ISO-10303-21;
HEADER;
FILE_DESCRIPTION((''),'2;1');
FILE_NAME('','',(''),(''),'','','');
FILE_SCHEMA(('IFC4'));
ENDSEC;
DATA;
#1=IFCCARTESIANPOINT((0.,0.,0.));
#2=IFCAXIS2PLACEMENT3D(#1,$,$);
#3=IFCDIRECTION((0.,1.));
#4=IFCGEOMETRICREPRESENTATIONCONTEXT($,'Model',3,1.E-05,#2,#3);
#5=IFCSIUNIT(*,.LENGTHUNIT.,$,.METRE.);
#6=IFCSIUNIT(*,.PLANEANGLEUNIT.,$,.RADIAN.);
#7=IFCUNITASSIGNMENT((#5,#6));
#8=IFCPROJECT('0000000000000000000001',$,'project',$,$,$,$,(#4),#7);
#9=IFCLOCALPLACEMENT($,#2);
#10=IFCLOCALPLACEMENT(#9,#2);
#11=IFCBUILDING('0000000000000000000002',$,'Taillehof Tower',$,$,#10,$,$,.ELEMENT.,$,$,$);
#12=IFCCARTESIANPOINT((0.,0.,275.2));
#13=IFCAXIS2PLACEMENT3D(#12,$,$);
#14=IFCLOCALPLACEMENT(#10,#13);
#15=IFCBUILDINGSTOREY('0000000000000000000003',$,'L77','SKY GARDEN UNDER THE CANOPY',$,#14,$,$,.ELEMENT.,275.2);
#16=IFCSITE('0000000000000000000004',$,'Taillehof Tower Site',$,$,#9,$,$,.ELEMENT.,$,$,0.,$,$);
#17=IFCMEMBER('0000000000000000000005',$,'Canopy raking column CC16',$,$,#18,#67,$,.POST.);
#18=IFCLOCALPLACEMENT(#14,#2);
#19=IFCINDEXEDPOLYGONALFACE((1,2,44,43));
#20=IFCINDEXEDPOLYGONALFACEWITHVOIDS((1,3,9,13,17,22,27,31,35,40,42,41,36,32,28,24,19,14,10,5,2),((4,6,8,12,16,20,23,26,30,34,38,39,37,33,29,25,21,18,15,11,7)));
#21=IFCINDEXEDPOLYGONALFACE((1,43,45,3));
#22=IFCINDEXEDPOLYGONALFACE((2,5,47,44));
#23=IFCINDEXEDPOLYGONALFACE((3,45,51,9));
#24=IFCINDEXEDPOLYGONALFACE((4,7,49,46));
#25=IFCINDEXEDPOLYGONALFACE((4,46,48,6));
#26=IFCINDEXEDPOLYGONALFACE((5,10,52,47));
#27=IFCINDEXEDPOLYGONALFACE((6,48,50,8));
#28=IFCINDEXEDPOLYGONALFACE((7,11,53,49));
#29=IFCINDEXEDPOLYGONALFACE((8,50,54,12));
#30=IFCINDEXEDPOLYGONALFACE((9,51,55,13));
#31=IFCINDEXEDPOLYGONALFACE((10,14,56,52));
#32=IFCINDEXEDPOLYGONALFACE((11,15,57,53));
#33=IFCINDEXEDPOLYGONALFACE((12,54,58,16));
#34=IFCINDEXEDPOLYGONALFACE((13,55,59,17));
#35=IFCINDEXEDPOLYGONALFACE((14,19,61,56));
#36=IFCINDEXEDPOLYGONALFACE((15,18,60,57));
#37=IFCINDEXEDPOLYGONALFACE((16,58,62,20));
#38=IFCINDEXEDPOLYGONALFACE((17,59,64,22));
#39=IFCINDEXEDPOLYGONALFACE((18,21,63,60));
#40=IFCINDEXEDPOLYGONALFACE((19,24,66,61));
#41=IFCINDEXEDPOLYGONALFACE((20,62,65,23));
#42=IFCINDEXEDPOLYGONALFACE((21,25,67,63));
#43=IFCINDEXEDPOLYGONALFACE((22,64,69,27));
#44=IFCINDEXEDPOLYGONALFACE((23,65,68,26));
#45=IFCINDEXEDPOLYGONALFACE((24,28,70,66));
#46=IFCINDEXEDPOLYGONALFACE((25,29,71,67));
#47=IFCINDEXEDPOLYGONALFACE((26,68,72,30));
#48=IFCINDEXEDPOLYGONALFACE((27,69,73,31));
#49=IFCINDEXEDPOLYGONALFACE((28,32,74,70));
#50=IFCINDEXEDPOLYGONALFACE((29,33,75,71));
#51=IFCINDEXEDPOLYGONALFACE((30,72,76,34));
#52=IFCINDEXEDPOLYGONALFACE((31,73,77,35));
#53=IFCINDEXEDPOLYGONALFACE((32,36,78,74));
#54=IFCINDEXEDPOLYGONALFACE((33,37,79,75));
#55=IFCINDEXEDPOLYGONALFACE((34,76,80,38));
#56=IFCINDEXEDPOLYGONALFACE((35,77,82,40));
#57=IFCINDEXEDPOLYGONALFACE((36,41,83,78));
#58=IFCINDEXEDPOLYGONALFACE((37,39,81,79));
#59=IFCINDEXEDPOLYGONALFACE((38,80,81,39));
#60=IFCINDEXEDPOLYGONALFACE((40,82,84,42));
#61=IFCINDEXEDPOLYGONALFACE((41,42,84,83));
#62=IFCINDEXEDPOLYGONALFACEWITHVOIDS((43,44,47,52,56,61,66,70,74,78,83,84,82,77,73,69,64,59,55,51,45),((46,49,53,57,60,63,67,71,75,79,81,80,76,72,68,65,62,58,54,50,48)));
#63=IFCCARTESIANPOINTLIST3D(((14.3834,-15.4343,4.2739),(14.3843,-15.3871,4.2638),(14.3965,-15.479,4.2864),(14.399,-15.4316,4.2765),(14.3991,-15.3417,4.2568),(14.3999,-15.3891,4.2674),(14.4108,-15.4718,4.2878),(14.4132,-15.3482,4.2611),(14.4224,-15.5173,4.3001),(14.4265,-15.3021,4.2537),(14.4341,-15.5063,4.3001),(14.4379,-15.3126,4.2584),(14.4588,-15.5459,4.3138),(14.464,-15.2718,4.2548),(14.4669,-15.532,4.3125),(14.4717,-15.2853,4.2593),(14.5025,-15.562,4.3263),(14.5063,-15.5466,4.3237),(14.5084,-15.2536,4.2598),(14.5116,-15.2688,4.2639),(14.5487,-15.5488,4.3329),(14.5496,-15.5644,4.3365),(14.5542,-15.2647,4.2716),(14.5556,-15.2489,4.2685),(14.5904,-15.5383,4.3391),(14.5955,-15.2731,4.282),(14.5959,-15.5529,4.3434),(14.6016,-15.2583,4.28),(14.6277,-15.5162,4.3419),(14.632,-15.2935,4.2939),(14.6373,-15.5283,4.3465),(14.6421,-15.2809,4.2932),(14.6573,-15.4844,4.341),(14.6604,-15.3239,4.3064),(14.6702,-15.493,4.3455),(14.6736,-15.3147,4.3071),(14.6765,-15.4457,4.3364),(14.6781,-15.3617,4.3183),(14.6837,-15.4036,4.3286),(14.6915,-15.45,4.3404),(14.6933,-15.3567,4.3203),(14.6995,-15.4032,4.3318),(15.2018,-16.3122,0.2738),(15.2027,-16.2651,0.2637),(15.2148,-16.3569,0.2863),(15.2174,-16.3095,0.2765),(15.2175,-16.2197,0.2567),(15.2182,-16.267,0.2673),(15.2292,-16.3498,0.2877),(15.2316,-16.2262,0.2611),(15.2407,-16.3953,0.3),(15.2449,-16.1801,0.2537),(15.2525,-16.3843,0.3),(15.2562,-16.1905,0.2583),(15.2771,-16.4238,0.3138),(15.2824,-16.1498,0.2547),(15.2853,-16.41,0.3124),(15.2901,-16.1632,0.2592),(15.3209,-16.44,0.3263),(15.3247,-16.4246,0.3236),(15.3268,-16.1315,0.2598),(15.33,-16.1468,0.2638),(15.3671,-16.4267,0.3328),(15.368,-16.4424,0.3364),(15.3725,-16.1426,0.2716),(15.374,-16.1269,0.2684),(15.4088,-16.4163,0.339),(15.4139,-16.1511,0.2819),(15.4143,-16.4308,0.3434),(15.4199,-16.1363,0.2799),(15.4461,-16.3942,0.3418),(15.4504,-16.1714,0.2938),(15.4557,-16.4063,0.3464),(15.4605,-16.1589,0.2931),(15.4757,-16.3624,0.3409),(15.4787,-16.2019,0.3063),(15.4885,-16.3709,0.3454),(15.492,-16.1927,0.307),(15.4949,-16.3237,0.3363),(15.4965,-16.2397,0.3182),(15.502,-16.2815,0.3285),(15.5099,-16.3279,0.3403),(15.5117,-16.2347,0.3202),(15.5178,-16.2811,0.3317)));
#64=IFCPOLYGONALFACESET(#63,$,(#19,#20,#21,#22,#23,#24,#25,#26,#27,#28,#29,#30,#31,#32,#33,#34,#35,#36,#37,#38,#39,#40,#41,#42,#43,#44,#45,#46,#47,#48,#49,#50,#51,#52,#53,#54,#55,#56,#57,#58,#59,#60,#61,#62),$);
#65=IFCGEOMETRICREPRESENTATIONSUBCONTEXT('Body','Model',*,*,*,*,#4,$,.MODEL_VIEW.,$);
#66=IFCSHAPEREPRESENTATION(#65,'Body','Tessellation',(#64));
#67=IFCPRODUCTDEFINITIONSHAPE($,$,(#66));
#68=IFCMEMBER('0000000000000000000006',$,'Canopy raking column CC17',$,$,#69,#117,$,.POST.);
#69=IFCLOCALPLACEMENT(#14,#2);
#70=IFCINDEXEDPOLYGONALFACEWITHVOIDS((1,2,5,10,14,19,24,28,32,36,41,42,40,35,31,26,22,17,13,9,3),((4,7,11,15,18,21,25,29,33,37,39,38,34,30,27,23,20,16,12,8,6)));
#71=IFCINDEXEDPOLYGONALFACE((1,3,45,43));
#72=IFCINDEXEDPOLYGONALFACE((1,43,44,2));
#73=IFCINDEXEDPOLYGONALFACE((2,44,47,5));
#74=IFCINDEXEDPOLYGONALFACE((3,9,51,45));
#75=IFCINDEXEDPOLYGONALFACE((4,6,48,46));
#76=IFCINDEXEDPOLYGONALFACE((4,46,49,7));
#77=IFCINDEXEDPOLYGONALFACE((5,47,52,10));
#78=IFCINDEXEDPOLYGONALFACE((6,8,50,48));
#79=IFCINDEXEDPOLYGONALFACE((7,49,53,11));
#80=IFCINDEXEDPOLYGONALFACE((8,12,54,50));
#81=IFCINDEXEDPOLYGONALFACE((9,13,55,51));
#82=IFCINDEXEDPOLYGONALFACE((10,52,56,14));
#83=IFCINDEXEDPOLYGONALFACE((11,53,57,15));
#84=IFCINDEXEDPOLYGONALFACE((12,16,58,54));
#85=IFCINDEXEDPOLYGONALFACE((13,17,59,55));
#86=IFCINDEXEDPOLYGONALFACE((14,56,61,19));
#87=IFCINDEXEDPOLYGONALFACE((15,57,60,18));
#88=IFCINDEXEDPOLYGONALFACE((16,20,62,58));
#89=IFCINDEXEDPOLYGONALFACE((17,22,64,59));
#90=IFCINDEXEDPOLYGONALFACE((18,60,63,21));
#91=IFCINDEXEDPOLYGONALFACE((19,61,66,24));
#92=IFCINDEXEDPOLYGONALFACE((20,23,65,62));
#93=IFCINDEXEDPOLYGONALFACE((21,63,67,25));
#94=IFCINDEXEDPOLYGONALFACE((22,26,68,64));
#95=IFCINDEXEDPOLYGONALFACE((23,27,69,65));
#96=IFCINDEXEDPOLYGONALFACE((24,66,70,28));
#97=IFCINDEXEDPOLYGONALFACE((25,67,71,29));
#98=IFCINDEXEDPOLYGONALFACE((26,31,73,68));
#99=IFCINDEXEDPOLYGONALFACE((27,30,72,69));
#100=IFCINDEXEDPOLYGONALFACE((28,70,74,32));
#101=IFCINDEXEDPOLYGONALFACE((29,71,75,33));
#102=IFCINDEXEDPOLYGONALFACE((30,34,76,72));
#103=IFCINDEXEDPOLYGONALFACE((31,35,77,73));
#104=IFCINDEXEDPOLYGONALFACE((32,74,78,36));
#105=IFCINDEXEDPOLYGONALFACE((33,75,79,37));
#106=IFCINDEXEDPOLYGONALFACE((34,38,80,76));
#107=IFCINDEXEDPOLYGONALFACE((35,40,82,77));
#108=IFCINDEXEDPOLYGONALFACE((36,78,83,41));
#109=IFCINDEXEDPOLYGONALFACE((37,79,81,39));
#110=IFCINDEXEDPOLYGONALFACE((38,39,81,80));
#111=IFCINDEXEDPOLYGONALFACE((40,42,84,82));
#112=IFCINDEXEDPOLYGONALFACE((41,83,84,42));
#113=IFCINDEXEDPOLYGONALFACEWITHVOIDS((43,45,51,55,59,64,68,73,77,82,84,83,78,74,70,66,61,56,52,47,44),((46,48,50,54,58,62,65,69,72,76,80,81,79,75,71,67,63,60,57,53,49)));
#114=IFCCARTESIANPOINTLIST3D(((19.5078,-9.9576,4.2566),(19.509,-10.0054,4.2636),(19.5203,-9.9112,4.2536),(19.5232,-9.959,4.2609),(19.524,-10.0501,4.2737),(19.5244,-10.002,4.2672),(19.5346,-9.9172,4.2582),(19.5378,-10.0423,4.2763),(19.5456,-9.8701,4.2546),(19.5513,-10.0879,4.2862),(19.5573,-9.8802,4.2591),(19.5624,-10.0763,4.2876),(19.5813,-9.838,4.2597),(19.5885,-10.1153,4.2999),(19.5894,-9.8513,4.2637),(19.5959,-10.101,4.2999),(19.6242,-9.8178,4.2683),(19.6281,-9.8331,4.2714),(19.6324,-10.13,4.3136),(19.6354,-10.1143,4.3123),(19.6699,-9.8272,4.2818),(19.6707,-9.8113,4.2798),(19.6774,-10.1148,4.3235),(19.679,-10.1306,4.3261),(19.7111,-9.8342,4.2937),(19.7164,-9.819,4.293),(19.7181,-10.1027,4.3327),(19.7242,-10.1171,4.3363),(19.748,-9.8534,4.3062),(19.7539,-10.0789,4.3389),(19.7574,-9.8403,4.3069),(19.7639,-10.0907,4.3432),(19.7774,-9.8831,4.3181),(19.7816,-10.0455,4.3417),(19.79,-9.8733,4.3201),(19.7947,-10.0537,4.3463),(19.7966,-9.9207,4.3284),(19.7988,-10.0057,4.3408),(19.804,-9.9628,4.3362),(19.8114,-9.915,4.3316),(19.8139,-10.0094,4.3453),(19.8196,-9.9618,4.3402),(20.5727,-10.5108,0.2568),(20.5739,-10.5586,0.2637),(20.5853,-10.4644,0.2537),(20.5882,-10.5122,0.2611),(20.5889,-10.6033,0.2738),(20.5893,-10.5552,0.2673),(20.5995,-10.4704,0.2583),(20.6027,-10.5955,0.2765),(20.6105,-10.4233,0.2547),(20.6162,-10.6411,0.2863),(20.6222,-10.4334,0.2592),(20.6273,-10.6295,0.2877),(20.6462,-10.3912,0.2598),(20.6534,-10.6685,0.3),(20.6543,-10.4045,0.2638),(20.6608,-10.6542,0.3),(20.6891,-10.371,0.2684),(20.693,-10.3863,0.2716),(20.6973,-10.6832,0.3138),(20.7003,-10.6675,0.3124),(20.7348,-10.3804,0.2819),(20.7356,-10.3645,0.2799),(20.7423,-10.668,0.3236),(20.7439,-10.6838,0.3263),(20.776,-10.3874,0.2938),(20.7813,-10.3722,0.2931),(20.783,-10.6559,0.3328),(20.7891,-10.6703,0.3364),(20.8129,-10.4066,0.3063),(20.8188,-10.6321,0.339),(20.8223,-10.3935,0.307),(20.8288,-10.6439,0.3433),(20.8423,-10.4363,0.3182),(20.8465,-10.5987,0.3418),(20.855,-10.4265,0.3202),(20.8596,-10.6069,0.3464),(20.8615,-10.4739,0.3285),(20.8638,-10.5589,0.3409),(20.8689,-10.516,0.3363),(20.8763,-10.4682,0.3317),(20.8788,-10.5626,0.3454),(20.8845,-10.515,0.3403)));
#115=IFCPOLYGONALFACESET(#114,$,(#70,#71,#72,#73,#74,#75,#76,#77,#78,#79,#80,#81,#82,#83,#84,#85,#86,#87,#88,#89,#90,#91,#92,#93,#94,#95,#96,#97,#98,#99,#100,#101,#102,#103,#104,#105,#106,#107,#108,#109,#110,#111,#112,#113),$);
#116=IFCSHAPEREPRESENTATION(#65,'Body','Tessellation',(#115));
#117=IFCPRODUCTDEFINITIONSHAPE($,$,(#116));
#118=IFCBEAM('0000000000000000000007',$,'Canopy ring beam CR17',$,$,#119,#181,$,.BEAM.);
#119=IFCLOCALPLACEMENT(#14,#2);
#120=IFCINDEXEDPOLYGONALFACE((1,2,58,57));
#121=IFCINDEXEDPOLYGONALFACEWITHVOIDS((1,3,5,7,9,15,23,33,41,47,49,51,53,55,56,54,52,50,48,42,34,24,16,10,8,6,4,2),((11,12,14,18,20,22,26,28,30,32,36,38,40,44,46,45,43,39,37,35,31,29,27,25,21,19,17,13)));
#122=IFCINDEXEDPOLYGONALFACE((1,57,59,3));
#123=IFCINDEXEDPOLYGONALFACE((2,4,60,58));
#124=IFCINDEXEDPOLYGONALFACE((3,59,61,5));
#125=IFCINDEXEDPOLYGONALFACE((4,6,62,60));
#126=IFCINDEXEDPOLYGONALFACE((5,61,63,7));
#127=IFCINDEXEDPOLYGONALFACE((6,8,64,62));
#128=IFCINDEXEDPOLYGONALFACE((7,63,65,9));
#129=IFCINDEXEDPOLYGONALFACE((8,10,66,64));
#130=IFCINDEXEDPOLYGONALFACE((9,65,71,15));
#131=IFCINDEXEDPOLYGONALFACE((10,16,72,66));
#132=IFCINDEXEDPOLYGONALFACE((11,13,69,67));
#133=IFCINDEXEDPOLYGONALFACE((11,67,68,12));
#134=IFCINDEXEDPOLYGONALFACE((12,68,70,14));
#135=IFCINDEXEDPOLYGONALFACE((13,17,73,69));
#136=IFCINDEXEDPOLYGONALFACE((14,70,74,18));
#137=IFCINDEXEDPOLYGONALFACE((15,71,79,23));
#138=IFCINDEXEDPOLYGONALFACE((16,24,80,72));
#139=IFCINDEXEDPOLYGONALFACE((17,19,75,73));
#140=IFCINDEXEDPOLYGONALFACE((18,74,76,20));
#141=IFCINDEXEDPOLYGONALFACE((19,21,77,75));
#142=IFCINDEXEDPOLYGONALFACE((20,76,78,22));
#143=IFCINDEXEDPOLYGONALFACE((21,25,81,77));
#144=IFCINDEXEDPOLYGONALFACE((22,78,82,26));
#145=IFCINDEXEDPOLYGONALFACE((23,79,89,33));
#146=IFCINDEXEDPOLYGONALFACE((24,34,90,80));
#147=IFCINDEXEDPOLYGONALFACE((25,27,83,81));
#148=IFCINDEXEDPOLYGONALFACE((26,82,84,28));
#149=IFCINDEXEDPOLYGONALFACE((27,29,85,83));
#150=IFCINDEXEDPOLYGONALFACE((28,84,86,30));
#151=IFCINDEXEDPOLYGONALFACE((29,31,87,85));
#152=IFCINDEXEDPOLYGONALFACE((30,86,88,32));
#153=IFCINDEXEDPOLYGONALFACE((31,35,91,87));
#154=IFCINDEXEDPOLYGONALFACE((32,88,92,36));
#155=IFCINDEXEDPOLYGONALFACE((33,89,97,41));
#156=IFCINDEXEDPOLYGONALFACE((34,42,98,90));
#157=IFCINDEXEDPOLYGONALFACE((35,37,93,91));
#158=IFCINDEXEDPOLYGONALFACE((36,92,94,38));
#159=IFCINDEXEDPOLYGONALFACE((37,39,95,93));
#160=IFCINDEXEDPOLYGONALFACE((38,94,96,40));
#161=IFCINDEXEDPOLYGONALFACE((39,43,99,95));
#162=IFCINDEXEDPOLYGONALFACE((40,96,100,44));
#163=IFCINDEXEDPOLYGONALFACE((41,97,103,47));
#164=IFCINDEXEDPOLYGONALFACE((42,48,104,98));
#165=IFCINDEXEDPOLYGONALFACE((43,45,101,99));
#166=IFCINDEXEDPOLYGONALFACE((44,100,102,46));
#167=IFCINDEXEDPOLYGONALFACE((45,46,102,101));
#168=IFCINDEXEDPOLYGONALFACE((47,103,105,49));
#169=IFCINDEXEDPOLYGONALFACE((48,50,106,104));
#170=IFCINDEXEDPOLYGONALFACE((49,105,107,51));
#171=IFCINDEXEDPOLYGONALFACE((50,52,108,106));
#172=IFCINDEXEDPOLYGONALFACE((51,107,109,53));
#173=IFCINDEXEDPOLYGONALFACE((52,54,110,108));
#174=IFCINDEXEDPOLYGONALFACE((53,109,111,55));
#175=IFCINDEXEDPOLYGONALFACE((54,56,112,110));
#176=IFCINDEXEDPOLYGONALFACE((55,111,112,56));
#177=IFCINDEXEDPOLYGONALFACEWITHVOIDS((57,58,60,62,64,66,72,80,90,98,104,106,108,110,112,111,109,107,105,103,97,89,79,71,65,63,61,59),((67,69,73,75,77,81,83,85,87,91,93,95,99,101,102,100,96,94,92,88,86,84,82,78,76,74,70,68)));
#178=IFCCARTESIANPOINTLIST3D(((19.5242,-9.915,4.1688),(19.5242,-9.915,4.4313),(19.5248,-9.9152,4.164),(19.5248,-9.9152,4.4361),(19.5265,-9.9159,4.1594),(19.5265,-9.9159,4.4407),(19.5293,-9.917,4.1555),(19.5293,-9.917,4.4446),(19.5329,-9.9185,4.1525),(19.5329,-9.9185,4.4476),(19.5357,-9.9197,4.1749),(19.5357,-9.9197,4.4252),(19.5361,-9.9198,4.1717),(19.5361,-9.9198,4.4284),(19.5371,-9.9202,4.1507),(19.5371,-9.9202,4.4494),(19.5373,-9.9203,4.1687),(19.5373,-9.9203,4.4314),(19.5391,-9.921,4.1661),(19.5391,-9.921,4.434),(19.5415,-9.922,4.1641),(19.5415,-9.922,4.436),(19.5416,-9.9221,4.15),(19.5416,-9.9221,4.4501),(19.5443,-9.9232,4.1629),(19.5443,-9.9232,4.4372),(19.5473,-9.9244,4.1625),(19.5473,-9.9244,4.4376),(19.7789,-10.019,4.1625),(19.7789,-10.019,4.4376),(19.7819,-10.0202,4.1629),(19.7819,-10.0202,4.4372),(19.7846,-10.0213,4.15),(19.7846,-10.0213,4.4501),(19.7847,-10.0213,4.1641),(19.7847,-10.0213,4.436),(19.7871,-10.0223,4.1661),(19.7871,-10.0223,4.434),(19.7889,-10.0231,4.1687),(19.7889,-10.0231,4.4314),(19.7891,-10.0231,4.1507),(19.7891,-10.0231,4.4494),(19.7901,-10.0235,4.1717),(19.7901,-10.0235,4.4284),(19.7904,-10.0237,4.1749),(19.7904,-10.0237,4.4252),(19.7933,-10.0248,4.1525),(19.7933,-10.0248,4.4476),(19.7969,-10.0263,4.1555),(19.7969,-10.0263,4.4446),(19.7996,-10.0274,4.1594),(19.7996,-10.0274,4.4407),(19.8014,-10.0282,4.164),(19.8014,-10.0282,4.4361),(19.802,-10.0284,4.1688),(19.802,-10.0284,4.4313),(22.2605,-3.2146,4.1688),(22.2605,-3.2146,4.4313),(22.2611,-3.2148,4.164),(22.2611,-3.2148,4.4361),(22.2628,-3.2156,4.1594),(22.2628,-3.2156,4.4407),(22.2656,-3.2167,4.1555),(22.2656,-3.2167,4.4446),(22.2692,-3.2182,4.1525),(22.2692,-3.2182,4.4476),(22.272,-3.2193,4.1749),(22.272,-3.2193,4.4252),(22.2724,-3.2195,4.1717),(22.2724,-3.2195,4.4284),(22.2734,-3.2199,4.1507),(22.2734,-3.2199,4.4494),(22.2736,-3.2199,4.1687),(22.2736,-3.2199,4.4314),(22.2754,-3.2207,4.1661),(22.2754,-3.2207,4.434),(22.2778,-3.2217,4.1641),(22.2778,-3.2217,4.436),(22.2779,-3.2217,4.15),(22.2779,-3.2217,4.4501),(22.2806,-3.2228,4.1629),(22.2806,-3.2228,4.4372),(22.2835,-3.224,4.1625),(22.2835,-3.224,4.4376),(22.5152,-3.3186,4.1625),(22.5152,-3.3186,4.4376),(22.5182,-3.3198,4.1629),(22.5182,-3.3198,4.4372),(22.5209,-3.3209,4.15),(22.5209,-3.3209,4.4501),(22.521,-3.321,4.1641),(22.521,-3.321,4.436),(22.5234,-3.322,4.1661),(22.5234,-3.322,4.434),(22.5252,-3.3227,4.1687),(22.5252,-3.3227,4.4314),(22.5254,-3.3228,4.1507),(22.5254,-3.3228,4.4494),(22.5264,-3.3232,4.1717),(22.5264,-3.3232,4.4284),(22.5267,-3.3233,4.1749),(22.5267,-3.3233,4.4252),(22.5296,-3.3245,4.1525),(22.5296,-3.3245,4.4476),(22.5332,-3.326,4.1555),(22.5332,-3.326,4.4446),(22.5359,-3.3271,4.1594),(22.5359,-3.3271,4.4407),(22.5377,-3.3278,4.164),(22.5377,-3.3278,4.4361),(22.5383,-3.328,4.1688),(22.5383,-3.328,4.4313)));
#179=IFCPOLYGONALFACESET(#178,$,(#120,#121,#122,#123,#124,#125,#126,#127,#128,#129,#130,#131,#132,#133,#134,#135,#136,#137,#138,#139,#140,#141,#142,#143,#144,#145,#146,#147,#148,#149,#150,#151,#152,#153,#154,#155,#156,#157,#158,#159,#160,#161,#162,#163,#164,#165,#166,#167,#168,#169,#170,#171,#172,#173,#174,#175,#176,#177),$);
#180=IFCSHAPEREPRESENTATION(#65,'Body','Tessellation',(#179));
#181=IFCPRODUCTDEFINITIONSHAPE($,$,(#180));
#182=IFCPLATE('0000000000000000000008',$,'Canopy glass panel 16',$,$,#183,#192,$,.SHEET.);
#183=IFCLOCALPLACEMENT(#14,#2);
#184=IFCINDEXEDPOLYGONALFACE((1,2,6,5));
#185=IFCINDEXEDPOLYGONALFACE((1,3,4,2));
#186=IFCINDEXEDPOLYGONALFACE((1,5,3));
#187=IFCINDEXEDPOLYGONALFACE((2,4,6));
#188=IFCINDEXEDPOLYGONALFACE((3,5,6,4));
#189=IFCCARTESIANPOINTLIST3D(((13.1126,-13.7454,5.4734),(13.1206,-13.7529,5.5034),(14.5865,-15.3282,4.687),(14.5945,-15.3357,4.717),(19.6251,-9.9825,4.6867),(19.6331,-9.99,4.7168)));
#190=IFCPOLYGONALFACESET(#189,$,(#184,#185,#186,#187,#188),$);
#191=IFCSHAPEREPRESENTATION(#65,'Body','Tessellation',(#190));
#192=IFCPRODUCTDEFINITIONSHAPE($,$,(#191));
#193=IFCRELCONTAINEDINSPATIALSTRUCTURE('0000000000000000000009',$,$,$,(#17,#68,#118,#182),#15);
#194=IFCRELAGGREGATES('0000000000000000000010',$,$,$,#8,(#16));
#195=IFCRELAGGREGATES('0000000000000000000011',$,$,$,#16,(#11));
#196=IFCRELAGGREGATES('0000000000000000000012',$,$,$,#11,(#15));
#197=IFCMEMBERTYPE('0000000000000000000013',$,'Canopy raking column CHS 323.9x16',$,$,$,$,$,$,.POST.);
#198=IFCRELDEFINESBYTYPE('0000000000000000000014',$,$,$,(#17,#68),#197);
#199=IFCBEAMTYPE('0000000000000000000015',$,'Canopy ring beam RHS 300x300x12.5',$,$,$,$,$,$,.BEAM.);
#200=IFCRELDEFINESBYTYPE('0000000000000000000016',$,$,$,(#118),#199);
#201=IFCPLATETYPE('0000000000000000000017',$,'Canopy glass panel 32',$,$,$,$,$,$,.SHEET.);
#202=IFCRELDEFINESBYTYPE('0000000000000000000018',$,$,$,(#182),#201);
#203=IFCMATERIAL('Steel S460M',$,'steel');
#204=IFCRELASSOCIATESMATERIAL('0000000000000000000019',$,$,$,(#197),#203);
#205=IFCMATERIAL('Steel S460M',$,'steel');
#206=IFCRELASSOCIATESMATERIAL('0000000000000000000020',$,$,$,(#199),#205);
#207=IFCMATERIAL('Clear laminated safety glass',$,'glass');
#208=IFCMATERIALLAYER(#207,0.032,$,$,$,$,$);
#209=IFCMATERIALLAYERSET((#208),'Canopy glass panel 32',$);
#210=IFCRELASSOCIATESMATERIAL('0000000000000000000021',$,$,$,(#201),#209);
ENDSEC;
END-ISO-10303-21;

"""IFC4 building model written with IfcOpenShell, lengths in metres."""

from ifc_helpers import new_model, si_unit, direction, frame, origin, origin_2d, place, context, subcontext, project, spatial, polyline, hollow_rectangle, hollow_circle, outline, extrude, material, layer, layer_set, material_profile, profile_set, type_object, element, save


model = new_model("IFC4")

# Units and contexts
model_context = context("Model", 3, precision=1e-05, world=origin(), true_north=direction((0.0, 1.0)))
body_context = subcontext(model_context, "Body", "Model", "MODEL_VIEW")
ifc_project = project(units=[si_unit("LENGTHUNIT", "METRE"), si_unit("PLANEANGLEUNIT", "RADIAN")], contexts=[model_context])

# Site, building, storey
site_placement = place(None, origin())
site = spatial("IfcSite", under=ifc_project, at=site_placement, Name="Taillehof Tower Site", CompositionType="ELEMENT", RefElevation=0.0)
building_placement = place(site_placement, origin())
building = spatial("IfcBuilding", under=site, at=building_placement, Name="Taillehof Tower", CompositionType="ELEMENT")
storey_placement = place(building_placement, frame((0.0, 0.0, 275.2)))
storey = spatial("IfcBuildingStorey", under=building, at=storey_placement, Name="L77", Description="SKY GARDEN UNDER THE CANOPY", CompositionType="ELEMENT", Elevation=275.2)

# Members
ifc_material_1 = material(Name="Steel S460M", Category="steel")
ifc_material_profile_1 = material_profile(ifc_material_1, hollow_circle(Radius=0.1619, WallThickness=0.0161, at=origin_2d()), Name="CHS 323.9x16")
ifc_profile_set_1 = profile_set([ifc_material_profile_1], Name="Steel S460M")
member_type_1 = type_object("IfcMemberType", Name="Canopy raking column CHS 323.9x16", PredefinedType="POST", material=ifc_profile_set_1)
member_1_placement = place(storey_placement, frame((15.3591, -16.2849, 0.3), z_axis=(-0.195959, 0.210223, 0.957813), x_axis=(-0.731488, -0.681854, 0.0)))
element("IfcMember", 1, at=member_1_placement, inside=storey, type_object=member_type_1, Name="Canopy raking column CC16", PredefinedType="POST", context=body_context, shape_type="SweptSolid", body=[
    extrude(hollow_circle(Radius=0.1619, WallThickness=0.0161, at=origin_2d()), origin(), (0.0, 0.0, 1.0), 4.1763),
])
member_2_placement = place(storey_placement, frame((20.728, -10.5249, 0.3), z_axis=(-0.255006, 0.132472, 0.957822), x_axis=(-0.460994, -0.887403, 0.0)))
element("IfcMember", 2, at=member_2_placement, inside=storey, type_object=member_type_1, Name="Canopy raking column CC17", PredefinedType="POST", context=body_context, shape_type="SweptSolid", body=[
    extrude(hollow_circle(Radius=0.1619, WallThickness=0.0161, at=origin_2d()), origin(), (0.0, 0.0, 1.0), 4.176),
])

# Beam
ifc_material_2 = material(Name="Steel S460M", Category="steel")
ifc_material_profile_2 = material_profile(ifc_material_2, hollow_rectangle(XDim=0.3, YDim=0.3, WallThickness=0.0125, InnerFilletRadius=0.0125, OuterFilletRadius=0.0188, at=origin_2d()), Name="RHS 300x300x12.5")
ifc_profile_set_2 = profile_set([ifc_material_profile_2], Name="Steel S460M")
beam_type_1 = type_object("IfcBeamType", Name="Canopy ring beam RHS 300x300x12.5", PredefinedType="BEAM", material=ifc_profile_set_2)
beam_1_placement = place(storey_placement, frame((19.6631, -9.9717, 4.3), z_axis=(0.378069, 0.925777, 0.0), x_axis=(-0.925777, 0.378069, 0.0)))
element("IfcBeam", 3, at=beam_1_placement, inside=storey, type_object=beam_type_1, Name="Canopy ring beam CR17", PredefinedType="BEAM", context=body_context, shape_type="SweptSolid", body=[
    extrude(hollow_rectangle(XDim=0.3, YDim=0.3, WallThickness=0.0125, InnerFilletRadius=0.0125, OuterFilletRadius=0.0188, at=origin_2d()), origin(), (0.0, 0.0, 1.0), 7.2375),
])

# Plate
ifc_material_3 = material(Name="Clear laminated safety glass", Category="glass")
ifc_layer_1 = layer(ifc_material_3, 0.032)
ifc_layer_set_1 = layer_set([ifc_layer_1], Name="Canopy glass panel 32")
plate_type = type_object("IfcPlateType", Name="Canopy glass panel 32", PredefinedType="SHEET", material=ifc_layer_set_1)
plate_1_placement = place(storey_placement, frame((14.5945, -15.3357, 4.717), z_axis=(0.249156, -0.234798, 0.93957), x_axis=(0.685893, 0.727702, -0.000033)))
element("IfcPlate", 4, at=plate_1_placement, inside=storey, type_object=plate_type, Name="Canopy glass panel 16", PredefinedType="SHEET", context=body_context, shape_type="SweptSolid", body=[
    extrude(outline(polyline([(0.0, 0.0), (7.346, 0.0), (0.1408, 2.297), (0.0, 0.0)])), origin(), (0.0, 0.0, -1.0), 0.032),
])

save(model, "model.ifc")
